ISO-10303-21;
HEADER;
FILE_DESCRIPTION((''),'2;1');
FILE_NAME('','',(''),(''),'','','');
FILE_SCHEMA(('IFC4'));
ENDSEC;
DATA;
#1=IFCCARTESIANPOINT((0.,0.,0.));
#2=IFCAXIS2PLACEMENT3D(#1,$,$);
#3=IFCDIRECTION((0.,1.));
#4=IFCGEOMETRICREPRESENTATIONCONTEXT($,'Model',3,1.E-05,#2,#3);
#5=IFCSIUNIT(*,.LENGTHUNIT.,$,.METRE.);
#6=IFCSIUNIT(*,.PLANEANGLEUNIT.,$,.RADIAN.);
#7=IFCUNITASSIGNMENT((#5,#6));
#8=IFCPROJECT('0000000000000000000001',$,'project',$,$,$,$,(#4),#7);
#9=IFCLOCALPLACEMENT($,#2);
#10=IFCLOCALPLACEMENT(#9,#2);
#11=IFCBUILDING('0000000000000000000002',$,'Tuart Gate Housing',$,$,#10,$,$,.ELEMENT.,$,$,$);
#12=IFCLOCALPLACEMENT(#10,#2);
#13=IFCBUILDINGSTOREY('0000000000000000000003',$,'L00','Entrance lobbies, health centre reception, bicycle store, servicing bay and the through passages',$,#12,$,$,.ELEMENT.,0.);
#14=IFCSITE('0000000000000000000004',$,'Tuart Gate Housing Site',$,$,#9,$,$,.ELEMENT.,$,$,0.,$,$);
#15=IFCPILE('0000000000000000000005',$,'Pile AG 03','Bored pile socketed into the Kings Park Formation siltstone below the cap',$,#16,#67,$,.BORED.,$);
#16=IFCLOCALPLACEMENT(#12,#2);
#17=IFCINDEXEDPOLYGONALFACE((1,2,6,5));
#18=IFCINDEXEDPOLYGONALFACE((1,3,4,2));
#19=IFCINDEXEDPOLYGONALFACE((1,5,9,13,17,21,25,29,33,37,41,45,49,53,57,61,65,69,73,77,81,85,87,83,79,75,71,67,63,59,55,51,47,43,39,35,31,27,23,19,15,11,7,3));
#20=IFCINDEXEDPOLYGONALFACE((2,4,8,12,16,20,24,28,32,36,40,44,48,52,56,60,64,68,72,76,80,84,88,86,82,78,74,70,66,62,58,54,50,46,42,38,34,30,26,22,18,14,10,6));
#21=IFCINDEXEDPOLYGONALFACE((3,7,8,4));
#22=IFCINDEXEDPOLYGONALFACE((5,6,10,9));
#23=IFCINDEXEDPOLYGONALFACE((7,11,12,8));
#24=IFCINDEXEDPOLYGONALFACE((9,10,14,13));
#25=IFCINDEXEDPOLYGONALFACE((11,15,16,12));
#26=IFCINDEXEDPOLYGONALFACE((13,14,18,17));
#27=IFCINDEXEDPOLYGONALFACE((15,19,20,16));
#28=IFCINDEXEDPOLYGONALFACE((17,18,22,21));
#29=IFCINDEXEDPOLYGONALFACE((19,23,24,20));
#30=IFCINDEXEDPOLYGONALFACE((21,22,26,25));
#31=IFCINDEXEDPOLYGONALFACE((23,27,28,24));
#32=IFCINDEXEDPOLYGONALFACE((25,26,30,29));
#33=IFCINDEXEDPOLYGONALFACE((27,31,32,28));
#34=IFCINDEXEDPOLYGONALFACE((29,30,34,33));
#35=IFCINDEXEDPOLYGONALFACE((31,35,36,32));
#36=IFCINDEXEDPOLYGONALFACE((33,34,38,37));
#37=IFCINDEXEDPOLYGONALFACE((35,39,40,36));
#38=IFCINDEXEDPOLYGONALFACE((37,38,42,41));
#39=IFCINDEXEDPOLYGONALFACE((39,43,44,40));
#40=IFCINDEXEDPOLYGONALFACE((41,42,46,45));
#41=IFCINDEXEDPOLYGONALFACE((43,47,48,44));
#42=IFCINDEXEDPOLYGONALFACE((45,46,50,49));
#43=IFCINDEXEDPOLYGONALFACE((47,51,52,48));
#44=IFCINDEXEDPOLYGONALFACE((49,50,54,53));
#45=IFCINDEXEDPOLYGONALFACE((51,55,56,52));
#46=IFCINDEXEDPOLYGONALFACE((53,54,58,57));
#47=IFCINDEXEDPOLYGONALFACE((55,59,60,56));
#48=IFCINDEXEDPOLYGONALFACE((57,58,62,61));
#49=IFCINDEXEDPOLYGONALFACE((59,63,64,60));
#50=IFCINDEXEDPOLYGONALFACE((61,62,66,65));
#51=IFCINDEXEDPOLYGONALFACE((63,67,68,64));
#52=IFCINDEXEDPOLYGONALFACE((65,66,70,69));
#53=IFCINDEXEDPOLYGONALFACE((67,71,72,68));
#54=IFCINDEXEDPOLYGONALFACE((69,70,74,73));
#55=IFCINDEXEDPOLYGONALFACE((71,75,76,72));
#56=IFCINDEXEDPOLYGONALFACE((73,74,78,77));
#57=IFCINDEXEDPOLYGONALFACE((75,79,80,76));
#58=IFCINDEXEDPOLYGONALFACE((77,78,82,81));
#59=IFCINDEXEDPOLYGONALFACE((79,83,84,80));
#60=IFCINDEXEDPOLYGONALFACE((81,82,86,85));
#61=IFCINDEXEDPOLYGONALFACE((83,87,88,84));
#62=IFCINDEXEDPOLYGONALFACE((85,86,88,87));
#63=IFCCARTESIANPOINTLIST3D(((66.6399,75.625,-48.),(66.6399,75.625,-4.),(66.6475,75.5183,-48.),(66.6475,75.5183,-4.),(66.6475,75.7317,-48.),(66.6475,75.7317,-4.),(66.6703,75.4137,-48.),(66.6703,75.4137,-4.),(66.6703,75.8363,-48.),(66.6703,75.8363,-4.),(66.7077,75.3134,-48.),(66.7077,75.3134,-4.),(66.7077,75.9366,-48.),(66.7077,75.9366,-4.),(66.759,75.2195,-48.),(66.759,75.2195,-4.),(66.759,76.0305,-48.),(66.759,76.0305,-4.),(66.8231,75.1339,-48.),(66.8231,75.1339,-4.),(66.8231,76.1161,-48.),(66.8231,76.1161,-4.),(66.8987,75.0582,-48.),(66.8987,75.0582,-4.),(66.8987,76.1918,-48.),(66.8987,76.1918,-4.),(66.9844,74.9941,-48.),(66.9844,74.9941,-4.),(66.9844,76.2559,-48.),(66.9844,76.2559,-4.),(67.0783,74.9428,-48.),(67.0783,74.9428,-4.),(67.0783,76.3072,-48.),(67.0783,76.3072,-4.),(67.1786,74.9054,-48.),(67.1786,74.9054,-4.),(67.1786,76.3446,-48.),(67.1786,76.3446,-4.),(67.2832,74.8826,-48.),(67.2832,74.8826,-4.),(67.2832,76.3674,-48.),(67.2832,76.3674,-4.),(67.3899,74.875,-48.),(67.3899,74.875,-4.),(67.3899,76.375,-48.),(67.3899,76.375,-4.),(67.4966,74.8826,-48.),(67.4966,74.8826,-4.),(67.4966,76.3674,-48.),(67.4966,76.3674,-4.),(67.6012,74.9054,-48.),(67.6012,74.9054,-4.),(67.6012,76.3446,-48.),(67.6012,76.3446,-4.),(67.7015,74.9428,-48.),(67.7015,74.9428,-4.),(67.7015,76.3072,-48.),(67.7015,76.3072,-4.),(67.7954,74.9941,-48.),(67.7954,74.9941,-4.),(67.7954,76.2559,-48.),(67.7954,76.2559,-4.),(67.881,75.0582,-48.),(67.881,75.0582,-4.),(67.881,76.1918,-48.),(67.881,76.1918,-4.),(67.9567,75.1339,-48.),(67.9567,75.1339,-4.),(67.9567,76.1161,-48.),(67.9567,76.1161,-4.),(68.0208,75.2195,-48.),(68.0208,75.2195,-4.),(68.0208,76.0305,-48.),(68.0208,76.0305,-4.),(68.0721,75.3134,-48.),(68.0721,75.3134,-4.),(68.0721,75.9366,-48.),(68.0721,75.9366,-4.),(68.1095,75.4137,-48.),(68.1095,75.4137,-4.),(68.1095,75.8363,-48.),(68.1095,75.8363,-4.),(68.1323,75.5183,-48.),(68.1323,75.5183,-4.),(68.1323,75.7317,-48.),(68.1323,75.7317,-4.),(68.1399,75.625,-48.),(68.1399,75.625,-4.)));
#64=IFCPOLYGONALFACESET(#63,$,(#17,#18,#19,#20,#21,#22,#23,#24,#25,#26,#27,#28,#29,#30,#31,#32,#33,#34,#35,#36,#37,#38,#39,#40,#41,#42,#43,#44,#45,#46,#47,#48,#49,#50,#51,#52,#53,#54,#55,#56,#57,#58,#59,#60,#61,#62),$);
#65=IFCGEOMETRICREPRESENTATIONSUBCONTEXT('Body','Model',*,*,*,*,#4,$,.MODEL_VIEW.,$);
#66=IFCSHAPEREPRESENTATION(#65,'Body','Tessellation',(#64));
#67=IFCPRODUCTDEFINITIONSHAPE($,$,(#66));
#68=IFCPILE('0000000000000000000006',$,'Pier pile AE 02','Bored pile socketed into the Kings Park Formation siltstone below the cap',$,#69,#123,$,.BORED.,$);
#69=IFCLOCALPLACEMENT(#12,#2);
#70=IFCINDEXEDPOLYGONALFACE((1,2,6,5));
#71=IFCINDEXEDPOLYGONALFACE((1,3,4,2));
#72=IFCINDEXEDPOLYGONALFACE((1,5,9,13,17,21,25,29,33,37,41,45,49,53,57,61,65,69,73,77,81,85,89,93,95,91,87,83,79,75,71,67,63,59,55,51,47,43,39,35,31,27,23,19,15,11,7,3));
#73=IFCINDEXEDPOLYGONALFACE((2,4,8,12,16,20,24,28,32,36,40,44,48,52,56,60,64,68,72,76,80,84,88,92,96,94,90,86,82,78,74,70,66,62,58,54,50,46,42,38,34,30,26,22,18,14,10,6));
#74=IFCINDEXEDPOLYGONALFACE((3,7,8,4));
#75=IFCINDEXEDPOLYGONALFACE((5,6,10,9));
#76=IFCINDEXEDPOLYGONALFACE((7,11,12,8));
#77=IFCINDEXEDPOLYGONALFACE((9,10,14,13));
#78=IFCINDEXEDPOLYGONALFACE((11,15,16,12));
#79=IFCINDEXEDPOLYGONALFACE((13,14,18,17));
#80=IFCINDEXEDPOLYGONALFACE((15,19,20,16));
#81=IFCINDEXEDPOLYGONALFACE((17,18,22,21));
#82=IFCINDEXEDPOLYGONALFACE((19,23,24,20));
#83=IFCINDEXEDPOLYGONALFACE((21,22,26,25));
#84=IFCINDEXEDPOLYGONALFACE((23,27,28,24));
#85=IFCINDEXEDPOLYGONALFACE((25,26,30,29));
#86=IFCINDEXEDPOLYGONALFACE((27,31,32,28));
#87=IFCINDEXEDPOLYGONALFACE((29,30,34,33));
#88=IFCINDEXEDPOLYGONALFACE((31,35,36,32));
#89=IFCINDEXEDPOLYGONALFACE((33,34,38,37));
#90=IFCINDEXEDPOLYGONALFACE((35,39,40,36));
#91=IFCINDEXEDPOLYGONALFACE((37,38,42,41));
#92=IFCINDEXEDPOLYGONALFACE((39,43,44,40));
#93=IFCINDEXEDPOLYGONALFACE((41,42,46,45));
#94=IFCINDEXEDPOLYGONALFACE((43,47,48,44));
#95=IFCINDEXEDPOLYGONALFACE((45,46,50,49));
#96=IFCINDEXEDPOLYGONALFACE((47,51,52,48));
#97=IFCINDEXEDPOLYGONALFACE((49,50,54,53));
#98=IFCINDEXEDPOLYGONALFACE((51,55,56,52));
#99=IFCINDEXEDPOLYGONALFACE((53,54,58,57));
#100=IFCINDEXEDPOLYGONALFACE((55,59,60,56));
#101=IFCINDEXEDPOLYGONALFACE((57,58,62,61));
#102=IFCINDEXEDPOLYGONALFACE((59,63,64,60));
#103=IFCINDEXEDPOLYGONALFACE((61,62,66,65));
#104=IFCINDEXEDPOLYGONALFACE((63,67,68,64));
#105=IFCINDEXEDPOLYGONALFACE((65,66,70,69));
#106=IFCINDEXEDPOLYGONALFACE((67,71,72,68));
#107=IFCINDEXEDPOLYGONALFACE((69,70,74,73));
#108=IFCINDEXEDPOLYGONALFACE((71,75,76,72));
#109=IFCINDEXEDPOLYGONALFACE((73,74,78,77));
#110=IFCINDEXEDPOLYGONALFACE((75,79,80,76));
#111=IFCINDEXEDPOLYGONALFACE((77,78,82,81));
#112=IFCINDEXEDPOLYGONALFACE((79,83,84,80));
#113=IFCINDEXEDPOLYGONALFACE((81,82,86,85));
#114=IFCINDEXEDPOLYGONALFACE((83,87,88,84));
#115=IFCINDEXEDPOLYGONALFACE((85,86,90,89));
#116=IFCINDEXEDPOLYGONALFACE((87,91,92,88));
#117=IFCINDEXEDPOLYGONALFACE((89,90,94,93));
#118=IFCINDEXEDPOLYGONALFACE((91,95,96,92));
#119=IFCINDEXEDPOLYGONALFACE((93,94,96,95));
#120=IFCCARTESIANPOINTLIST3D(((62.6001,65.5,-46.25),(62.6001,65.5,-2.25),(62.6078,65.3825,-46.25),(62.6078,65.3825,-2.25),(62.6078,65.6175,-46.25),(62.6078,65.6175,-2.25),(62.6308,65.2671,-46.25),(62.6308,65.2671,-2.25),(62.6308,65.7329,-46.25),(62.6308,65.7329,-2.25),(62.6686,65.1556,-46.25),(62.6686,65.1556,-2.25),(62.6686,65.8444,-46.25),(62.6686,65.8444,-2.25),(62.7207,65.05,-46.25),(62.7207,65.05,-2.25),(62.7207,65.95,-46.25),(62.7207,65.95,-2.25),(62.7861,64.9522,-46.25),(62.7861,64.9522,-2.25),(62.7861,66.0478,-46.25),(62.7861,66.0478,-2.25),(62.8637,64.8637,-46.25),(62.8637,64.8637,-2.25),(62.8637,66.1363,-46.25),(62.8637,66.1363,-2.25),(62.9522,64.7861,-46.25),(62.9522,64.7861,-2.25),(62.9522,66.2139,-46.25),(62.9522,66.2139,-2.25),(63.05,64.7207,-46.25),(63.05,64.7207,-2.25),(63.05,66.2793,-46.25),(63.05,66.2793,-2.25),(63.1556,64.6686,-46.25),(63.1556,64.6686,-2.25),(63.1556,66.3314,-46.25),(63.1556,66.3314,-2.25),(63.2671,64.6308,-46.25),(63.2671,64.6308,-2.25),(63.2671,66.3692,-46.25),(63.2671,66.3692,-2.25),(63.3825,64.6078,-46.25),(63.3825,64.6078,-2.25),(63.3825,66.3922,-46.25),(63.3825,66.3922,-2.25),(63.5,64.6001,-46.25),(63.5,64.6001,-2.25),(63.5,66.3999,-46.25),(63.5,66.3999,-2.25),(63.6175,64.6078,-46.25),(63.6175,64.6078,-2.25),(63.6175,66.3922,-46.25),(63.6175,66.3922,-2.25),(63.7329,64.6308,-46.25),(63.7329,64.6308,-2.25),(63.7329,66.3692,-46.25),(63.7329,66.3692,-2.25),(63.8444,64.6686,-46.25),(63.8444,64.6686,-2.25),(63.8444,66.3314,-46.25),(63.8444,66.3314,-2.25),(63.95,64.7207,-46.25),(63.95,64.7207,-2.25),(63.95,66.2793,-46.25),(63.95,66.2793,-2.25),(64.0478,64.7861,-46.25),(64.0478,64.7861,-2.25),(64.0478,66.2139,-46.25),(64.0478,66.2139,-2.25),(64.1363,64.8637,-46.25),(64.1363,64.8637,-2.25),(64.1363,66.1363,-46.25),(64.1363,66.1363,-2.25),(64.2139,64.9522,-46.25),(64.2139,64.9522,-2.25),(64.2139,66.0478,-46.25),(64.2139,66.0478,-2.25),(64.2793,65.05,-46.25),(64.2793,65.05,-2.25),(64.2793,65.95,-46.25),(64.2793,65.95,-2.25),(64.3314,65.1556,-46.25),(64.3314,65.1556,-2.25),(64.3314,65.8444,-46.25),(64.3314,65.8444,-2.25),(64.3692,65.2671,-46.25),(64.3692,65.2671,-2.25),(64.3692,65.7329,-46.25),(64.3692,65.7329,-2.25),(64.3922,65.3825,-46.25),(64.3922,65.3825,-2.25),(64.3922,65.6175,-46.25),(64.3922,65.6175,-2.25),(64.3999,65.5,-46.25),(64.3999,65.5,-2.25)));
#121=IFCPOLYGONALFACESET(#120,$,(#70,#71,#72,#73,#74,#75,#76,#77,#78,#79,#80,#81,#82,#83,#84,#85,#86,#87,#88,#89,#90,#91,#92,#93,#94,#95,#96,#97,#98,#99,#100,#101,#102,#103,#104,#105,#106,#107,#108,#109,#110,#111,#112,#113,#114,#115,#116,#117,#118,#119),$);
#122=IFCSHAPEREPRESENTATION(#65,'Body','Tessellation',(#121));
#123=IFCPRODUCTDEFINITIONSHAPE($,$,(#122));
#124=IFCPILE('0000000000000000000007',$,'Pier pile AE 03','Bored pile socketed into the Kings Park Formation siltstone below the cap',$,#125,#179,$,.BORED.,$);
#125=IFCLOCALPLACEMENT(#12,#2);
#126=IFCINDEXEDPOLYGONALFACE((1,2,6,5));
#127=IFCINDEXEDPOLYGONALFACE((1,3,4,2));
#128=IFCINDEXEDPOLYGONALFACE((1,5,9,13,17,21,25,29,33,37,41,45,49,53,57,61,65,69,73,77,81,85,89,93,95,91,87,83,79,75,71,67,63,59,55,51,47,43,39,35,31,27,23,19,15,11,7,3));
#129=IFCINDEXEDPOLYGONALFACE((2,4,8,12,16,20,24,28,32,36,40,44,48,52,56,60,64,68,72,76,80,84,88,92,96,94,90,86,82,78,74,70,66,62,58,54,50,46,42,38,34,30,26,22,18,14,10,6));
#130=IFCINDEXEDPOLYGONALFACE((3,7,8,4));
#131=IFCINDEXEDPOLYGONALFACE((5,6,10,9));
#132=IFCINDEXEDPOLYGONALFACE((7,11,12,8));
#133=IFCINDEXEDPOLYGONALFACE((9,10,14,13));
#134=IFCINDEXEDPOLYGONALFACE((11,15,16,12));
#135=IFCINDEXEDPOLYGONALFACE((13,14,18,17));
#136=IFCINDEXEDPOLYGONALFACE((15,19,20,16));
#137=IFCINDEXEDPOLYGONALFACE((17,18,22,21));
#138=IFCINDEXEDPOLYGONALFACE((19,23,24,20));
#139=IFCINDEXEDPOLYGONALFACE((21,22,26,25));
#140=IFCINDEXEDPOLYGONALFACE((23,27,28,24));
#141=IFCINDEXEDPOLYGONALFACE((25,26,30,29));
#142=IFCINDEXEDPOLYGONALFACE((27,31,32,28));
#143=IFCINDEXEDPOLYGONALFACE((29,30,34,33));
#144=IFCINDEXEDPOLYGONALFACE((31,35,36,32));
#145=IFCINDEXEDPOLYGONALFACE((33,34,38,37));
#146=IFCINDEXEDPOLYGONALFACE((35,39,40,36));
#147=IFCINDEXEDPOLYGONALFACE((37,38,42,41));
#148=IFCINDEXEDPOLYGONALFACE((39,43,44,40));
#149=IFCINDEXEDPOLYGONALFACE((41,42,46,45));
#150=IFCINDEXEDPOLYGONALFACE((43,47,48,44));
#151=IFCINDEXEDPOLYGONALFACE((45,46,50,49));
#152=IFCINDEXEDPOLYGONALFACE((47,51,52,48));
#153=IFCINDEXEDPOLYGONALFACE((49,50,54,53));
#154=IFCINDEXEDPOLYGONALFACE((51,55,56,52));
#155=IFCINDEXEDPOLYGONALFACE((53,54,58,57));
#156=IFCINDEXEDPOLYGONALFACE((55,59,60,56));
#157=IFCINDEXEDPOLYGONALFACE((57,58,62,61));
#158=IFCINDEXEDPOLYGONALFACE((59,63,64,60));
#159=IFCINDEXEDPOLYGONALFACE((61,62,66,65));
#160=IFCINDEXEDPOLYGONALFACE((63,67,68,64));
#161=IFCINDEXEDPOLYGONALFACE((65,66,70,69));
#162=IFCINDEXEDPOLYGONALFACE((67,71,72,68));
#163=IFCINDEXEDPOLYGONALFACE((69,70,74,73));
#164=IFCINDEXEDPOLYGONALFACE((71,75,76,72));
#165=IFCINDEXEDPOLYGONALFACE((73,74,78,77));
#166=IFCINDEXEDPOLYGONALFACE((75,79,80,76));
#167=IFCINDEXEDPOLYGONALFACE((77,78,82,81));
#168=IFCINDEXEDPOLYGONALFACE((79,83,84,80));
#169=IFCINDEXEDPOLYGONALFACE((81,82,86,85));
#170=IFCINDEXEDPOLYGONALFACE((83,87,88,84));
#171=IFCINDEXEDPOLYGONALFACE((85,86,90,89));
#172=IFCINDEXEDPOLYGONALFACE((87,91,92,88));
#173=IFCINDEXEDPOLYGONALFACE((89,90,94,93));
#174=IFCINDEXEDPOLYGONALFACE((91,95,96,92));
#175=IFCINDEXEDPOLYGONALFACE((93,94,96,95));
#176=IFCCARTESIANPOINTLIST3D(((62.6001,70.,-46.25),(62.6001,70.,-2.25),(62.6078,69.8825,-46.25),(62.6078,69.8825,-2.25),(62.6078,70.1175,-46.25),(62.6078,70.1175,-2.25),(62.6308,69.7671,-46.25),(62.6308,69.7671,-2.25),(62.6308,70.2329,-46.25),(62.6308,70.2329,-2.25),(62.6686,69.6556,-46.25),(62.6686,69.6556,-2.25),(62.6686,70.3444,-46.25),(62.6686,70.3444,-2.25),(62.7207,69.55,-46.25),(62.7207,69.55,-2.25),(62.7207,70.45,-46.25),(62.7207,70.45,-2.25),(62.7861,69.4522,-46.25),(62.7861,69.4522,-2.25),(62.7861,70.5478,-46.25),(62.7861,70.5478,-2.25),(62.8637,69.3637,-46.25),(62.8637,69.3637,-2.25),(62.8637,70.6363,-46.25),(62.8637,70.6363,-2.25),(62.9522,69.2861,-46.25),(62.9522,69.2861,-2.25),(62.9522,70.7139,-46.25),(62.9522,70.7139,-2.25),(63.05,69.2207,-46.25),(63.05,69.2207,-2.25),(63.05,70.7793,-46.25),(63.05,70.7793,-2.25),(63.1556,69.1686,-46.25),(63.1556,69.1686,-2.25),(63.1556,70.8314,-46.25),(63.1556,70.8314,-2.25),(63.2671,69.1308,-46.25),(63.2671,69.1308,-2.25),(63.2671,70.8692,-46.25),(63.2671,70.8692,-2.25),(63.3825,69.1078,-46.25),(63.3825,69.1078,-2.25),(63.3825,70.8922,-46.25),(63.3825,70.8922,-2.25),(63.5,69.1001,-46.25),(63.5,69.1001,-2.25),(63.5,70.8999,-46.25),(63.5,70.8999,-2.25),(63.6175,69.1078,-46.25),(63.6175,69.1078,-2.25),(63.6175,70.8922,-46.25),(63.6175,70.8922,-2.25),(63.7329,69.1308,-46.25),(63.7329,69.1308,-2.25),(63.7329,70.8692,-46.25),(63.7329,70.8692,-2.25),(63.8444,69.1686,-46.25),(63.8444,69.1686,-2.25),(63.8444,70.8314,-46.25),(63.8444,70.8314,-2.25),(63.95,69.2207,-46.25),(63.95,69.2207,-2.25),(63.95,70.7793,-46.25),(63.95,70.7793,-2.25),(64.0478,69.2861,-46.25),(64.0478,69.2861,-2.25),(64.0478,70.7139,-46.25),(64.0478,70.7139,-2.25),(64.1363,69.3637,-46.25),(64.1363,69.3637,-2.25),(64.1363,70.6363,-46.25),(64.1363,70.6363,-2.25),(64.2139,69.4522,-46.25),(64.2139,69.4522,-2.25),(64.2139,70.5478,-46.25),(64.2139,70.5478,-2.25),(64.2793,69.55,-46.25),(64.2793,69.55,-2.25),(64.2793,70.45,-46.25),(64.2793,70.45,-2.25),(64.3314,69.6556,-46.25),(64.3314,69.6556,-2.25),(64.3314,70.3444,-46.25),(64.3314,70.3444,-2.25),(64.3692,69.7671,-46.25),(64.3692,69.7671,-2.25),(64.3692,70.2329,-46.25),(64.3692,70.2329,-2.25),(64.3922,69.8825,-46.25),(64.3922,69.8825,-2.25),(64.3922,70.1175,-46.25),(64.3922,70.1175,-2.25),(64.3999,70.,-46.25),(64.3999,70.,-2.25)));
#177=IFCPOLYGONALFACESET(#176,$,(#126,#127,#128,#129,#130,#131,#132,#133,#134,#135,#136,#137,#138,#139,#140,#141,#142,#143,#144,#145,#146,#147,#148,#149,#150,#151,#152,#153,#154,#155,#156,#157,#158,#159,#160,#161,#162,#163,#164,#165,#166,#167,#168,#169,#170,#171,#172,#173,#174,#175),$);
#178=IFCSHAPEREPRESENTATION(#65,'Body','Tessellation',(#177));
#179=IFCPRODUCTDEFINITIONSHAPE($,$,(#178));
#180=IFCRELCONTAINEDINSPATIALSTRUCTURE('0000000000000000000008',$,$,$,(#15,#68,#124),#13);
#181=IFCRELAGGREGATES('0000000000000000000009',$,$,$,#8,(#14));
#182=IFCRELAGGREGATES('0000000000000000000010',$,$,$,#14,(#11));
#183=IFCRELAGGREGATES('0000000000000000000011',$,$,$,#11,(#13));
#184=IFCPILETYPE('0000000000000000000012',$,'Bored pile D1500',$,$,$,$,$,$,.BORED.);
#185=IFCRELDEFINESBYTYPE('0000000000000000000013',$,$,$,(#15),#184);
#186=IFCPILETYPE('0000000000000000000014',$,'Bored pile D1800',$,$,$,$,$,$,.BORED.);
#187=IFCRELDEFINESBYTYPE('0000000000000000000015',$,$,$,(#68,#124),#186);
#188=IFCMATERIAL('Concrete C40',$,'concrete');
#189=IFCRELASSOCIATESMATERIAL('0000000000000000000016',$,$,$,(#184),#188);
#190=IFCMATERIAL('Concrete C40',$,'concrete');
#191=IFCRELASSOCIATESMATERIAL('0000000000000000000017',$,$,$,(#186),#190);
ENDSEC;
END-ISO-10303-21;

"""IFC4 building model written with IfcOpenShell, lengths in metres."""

from ifc_helpers import new_model, si_unit, direction, frame, origin, origin_2d, place, context, subcontext, project, spatial, circle, extrude, material, material_profile, profile_set, type_object, element, save


model = new_model("IFC4")

# Units and contexts
model_context = context("Model", 3, precision=1e-05, world=origin(), true_north=direction((0.0, 1.0)))
body_context = subcontext(model_context, "Body", "Model", "MODEL_VIEW")
ifc_project = project(units=[si_unit("LENGTHUNIT", "METRE"), si_unit("PLANEANGLEUNIT", "RADIAN")], contexts=[model_context])

# Site, building, storey
site_placement = place(None, origin())
site = spatial("IfcSite", under=ifc_project, at=site_placement, Name="Tuart Gate Housing Site", CompositionType="ELEMENT", RefElevation=0.0)
building_placement = place(site_placement, origin())
building = spatial("IfcBuilding", under=site, at=building_placement, Name="Tuart Gate Housing", CompositionType="ELEMENT")
storey_placement = place(building_placement, origin())
storey = spatial("IfcBuildingStorey", under=building, at=storey_placement, Name="L00", Description="Entrance lobbies, health centre reception, bicycle store, servicing bay and the through passages", CompositionType="ELEMENT", Elevation=0.0)

# Piles
ifc_material_1 = material(Name="Concrete C40", Category="concrete")
ifc_material_profile_1 = material_profile(ifc_material_1, circle(Radius=0.75, at=origin_2d()), Name="Bored pile D1500")
ifc_profile_set_1 = profile_set([ifc_material_profile_1], Name="Concrete C40")
pile_type_1 = type_object("IfcPileType", Name="Bored pile D1500", PredefinedType="BORED", material=ifc_profile_set_1)
for number, where, z_axis, x_axis, name in (
    (1, (67.3899, 75.625, -4.0), (0.0, 0.0, -1.0), (1.0, 0.0, 0.0), "Pile AG 03"),
):
    element("IfcPile", number, at=place(storey_placement, frame(where, z_axis=z_axis, x_axis=x_axis)), inside=storey, type_object=pile_type_1, Name=name, Description="Bored pile socketed into the Kings Park Formation siltstone below the cap", PredefinedType="BORED", context=body_context, shape_type="SweptSolid", body=[
        extrude(circle(Radius=0.75, at=origin_2d()), origin(), (0.0, 0.0, 1.0), 44.0),
    ])
ifc_material_2 = material(Name="Concrete C40", Category="concrete")
ifc_material_profile_2 = material_profile(ifc_material_2, circle(Radius=0.8999, at=origin_2d()), Name="Bored pile D1800")
ifc_profile_set_2 = profile_set([ifc_material_profile_2], Name="Concrete C40")
pile_type_2 = type_object("IfcPileType", Name="Bored pile D1800", PredefinedType="BORED", material=ifc_profile_set_2)
for number, where, z_axis, x_axis, name in (
    (2, (63.5, 65.5, -2.25), (0.0, 0.0, -1.0), (1.0, 0.0, 0.0), "Pier pile AE 02"),
    (3, (63.5, 70.0, -2.25), (0.0, 0.0, -1.0), (1.0, 0.0, 0.0), "Pier pile AE 03"),
):
    element("IfcPile", number, at=place(storey_placement, frame(where, z_axis=z_axis, x_axis=x_axis)), inside=storey, type_object=pile_type_2, Name=name, Description="Bored pile socketed into the Kings Park Formation siltstone below the cap", PredefinedType="BORED", context=body_context, shape_type="SweptSolid", body=[
        extrude(circle(Radius=0.8999, at=origin_2d()), origin(), (0.0, 0.0, 1.0), 44.0),
    ])

save(model, "model.ifc")
